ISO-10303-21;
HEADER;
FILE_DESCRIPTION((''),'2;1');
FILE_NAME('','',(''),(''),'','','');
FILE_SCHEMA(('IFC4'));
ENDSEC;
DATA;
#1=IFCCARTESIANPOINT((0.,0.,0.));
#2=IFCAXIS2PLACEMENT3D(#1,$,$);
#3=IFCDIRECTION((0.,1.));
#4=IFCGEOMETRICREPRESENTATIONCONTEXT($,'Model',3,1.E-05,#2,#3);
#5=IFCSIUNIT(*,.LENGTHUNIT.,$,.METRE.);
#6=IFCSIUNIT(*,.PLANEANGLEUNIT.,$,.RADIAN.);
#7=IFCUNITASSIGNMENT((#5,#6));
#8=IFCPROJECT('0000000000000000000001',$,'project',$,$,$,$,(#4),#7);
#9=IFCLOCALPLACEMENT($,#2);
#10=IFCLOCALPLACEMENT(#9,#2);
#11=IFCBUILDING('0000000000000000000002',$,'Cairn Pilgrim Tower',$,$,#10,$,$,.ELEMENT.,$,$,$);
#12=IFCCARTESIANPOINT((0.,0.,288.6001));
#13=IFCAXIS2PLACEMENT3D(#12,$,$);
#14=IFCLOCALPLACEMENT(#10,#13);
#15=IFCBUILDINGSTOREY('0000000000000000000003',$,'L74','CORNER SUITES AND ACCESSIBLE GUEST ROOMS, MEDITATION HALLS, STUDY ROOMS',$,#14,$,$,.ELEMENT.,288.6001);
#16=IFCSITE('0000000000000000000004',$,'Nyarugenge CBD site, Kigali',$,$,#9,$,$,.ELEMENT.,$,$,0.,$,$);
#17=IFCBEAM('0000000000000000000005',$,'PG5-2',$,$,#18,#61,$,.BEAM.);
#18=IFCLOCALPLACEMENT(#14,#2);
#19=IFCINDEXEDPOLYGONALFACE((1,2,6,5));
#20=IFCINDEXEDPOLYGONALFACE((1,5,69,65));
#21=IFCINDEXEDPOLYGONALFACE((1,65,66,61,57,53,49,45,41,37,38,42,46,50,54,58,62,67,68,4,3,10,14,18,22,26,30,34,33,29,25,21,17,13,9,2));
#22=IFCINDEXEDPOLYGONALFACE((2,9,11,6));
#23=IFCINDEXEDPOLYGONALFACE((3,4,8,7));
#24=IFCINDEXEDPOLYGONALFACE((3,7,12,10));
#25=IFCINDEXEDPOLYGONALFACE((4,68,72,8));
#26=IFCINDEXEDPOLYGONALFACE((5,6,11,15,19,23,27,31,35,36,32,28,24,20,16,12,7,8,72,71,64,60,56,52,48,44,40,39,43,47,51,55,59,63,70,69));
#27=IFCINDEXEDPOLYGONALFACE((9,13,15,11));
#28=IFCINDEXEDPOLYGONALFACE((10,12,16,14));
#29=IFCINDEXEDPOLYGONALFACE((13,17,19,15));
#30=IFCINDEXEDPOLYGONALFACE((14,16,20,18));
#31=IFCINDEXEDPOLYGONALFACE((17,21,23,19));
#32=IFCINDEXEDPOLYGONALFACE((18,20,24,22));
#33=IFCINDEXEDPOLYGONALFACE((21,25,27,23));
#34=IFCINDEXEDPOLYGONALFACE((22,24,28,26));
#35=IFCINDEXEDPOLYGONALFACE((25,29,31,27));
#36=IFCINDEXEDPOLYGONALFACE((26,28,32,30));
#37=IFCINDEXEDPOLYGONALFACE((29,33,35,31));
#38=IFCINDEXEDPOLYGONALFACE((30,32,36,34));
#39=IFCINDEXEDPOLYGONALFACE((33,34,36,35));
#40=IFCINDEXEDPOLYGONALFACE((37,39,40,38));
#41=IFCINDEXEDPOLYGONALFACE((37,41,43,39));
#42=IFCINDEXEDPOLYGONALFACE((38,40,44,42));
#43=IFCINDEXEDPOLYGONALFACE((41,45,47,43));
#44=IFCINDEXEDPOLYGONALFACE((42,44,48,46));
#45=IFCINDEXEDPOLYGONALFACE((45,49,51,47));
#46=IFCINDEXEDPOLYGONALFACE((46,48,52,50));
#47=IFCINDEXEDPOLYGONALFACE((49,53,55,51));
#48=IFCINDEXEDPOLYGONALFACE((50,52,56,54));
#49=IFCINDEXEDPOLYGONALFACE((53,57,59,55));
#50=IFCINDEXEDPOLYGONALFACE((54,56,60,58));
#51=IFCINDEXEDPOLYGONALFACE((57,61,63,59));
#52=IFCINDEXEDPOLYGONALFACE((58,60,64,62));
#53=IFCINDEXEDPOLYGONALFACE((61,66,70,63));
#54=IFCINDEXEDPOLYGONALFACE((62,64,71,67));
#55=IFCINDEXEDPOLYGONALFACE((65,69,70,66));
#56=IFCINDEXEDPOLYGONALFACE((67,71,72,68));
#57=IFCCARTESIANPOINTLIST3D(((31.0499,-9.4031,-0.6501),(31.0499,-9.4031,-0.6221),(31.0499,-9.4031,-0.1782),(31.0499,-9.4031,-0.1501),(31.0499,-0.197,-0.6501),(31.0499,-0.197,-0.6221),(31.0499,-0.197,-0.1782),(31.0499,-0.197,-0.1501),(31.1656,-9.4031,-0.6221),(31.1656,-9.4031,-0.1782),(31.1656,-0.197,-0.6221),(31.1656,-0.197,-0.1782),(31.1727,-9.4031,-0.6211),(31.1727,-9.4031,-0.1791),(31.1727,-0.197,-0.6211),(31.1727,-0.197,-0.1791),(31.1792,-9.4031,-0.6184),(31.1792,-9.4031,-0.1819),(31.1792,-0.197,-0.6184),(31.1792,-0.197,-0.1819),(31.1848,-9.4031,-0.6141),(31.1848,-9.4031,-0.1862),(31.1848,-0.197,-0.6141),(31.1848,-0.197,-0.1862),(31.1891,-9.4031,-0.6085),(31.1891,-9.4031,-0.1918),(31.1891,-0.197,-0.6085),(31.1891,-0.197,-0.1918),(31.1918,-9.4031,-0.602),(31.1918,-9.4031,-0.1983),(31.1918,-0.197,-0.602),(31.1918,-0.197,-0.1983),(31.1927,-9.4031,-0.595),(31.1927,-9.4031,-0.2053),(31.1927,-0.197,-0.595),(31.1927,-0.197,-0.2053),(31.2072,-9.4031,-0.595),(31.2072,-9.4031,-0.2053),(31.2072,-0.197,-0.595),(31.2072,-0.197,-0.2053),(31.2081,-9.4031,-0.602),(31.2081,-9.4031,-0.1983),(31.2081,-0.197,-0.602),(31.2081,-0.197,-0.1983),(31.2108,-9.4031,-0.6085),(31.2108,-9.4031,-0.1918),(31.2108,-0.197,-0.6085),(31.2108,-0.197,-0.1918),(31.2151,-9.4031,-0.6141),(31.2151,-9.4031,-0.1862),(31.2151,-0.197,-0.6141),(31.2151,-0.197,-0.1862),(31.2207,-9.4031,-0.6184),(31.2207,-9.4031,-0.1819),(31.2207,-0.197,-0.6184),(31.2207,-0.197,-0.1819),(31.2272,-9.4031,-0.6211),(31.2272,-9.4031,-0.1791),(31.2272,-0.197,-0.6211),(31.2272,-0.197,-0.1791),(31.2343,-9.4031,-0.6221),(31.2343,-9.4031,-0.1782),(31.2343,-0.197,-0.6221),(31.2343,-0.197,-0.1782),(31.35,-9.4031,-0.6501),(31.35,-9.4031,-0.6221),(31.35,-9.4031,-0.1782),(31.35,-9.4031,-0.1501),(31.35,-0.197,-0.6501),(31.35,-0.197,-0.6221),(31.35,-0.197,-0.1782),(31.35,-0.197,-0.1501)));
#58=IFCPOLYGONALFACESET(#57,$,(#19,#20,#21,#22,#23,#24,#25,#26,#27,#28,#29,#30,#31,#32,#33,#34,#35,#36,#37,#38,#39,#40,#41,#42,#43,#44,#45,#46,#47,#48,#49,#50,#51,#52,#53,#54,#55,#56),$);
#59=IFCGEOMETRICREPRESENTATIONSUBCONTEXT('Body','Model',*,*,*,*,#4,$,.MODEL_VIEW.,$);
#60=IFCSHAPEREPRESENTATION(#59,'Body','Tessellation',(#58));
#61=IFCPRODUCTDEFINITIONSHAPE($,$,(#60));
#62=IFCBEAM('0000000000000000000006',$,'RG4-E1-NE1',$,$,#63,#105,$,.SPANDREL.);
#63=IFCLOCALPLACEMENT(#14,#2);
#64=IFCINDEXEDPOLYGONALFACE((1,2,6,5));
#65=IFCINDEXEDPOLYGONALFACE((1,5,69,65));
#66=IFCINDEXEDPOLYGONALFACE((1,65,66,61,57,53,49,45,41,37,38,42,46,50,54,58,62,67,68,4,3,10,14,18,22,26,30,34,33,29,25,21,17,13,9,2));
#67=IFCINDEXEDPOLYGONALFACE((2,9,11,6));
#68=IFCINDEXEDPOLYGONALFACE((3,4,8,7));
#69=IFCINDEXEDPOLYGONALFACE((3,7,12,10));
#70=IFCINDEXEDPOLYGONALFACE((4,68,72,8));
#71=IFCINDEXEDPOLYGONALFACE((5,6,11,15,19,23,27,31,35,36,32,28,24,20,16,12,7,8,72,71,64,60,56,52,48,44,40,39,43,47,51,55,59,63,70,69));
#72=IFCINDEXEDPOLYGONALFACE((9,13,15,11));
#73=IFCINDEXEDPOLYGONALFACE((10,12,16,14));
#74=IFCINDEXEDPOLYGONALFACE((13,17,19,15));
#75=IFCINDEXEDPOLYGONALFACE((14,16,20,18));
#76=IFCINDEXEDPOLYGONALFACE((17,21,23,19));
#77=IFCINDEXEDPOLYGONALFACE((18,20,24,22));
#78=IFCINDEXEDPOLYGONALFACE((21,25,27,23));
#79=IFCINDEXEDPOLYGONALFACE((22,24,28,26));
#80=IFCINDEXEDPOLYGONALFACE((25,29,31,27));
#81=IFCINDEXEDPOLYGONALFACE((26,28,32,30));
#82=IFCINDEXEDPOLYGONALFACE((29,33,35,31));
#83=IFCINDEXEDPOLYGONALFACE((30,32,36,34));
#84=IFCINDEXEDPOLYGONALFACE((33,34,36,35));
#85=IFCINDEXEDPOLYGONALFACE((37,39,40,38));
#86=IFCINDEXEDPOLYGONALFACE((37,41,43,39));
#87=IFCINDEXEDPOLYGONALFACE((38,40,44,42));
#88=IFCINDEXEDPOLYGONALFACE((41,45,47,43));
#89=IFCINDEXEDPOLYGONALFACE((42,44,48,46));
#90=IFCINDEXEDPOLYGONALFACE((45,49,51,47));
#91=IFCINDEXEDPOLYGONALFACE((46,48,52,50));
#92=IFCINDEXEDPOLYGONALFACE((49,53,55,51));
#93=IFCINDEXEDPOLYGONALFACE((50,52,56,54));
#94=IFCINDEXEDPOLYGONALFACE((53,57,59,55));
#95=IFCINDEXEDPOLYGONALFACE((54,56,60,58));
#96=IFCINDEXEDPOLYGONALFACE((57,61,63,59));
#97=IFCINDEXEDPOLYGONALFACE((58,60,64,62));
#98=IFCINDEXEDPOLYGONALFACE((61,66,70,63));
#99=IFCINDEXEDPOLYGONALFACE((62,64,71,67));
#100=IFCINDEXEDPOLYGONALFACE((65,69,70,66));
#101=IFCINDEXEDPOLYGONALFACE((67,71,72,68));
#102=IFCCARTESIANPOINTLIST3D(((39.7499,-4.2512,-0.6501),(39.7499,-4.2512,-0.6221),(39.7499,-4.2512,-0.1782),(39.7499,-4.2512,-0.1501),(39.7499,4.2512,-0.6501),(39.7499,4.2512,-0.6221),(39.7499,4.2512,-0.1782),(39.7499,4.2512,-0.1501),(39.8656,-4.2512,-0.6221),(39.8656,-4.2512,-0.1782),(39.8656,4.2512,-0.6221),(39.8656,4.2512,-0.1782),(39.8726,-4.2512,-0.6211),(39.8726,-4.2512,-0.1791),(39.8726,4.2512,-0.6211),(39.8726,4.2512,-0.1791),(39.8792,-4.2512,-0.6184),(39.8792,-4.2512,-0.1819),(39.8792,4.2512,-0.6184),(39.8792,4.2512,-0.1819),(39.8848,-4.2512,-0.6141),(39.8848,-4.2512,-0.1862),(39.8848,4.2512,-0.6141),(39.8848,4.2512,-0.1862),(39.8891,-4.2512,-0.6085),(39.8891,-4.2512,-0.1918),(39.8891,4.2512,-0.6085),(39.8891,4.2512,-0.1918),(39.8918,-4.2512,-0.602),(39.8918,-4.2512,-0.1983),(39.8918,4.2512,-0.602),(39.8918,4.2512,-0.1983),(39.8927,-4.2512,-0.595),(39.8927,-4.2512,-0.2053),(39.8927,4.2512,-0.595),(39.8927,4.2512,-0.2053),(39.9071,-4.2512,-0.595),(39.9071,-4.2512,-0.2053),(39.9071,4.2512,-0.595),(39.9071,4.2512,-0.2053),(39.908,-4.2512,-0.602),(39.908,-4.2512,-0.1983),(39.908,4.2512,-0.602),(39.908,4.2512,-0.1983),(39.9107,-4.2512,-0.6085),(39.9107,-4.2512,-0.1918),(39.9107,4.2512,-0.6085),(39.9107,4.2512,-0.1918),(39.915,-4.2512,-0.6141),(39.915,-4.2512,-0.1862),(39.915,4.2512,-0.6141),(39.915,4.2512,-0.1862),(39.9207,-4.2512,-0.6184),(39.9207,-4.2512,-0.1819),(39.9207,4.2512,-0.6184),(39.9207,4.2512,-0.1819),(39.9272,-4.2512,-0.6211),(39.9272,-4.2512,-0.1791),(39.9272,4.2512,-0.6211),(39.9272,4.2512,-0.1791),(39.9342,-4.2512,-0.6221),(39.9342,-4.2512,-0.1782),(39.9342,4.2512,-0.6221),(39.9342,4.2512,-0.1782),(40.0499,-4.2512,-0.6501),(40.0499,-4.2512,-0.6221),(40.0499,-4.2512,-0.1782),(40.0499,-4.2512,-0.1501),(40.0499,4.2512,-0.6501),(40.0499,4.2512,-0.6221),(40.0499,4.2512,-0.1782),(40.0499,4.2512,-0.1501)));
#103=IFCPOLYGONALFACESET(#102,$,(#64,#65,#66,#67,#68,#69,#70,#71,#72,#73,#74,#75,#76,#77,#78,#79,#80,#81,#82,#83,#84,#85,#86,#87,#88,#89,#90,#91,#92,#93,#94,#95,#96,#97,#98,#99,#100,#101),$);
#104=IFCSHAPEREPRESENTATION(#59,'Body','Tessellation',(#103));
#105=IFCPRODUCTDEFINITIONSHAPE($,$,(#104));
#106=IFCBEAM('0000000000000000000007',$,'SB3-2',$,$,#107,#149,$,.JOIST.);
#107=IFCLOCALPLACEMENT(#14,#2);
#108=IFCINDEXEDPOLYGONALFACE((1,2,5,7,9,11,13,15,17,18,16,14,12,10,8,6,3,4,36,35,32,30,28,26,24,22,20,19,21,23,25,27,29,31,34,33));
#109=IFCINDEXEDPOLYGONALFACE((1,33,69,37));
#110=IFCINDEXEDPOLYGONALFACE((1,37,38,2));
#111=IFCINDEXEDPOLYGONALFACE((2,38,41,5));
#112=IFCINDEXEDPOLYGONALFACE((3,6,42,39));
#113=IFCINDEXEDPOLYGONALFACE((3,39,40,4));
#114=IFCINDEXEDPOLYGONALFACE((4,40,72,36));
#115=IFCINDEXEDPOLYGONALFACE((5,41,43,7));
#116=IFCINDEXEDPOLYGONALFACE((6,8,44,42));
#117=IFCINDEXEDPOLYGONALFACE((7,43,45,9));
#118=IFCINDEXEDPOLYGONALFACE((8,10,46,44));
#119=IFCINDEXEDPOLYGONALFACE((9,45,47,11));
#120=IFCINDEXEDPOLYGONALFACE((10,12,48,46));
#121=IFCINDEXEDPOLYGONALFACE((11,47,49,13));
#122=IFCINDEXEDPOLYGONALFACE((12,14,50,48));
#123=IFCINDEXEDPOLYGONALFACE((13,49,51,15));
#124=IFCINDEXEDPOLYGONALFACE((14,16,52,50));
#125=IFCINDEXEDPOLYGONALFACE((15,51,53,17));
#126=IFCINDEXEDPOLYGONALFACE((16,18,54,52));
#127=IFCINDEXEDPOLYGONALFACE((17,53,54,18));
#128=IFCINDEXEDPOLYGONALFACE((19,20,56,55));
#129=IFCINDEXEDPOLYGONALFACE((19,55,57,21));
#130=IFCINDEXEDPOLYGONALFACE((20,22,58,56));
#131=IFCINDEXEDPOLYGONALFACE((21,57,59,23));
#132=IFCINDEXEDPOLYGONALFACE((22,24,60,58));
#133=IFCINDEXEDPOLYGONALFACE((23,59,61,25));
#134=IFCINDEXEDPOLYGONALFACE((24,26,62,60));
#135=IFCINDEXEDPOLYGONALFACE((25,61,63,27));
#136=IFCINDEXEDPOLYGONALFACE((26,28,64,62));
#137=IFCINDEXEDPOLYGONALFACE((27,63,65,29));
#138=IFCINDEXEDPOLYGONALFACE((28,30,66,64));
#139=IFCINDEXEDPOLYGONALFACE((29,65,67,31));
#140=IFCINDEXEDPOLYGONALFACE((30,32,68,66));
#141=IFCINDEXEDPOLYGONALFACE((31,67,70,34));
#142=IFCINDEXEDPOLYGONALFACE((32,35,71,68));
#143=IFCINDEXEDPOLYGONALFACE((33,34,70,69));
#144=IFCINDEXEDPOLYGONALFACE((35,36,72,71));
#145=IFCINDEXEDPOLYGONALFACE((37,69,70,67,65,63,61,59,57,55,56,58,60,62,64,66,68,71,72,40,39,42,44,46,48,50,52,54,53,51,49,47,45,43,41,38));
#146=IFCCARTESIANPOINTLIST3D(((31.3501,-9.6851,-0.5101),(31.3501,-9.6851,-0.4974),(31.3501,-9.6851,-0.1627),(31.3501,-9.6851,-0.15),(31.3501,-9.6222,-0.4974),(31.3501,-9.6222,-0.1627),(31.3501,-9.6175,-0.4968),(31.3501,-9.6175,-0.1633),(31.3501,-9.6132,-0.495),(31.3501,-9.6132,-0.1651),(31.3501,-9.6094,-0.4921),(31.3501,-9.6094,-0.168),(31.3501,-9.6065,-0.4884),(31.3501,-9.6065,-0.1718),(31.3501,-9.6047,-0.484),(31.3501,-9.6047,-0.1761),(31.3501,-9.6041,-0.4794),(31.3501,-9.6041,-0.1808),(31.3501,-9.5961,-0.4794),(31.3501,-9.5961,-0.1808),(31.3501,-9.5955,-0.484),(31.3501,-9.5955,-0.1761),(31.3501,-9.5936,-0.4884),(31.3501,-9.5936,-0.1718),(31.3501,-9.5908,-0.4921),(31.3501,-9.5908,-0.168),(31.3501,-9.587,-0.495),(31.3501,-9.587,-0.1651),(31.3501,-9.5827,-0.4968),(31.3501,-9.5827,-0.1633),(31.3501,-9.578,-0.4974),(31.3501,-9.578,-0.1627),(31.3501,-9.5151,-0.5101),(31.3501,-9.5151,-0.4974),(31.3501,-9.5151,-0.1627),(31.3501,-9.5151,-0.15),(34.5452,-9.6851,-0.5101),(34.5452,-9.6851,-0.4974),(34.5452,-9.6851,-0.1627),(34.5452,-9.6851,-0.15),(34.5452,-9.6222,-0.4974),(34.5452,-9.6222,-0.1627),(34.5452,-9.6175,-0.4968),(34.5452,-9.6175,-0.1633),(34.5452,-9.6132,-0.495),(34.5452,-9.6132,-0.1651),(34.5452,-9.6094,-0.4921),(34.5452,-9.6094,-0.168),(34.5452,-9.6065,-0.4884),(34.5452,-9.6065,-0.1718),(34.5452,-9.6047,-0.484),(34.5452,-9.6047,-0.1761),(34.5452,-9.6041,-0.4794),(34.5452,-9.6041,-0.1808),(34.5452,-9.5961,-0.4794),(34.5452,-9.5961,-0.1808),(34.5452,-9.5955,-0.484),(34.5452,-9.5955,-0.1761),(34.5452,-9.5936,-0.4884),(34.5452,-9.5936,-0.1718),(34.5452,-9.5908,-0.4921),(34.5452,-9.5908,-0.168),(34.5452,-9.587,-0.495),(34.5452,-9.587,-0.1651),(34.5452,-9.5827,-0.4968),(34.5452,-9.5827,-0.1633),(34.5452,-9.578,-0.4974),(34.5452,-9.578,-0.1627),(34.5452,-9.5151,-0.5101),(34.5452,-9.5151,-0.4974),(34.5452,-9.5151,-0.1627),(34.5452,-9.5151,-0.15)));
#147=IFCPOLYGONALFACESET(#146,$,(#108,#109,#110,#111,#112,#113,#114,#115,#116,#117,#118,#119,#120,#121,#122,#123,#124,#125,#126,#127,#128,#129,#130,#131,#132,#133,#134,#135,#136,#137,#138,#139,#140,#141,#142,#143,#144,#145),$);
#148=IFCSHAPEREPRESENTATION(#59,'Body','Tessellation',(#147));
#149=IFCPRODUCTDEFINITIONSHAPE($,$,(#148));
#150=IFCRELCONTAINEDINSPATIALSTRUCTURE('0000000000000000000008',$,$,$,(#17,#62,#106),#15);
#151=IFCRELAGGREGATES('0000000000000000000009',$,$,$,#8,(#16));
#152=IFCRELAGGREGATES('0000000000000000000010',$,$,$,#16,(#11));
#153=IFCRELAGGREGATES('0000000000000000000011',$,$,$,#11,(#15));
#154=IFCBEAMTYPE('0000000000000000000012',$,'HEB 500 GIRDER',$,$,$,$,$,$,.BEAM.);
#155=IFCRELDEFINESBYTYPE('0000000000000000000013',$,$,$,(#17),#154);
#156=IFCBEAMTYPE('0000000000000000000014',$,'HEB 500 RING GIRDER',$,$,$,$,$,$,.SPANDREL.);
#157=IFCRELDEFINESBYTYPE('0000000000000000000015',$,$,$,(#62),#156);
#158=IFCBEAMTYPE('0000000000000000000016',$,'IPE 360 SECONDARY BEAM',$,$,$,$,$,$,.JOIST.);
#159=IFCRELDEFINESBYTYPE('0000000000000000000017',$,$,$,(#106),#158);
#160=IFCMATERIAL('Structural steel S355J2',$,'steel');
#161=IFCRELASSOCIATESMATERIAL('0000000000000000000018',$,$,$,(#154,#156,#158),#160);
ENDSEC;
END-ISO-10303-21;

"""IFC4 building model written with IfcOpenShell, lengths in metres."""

from ifc_helpers import new_model, si_unit, direction, frame, origin, origin_2d, place, context, subcontext, project, spatial, i_section, extrude, material, material_profile, profile_set, type_object, element, save


model = new_model("IFC4")

# Units and contexts
model_context = context("Model", 3, precision=1e-05, world=origin(), true_north=direction((0.0, 1.0)))
body_context = subcontext(model_context, "Body", "Model", "MODEL_VIEW")
ifc_project = project(units=[si_unit("LENGTHUNIT", "METRE"), si_unit("PLANEANGLEUNIT", "RADIAN")], contexts=[model_context])

# Site, building, storey
site_placement = place(None, origin())
site = spatial("IfcSite", under=ifc_project, at=site_placement, Name="Nyarugenge CBD site, Kigali", CompositionType="ELEMENT", RefElevation=0.0)
building_placement = place(site_placement, origin())
building = spatial("IfcBuilding", under=site, at=building_placement, Name="Cairn Pilgrim Tower", CompositionType="ELEMENT")
storey_placement = place(building_placement, frame((0.0, 0.0, 288.6001)))
storey = spatial("IfcBuildingStorey", under=building, at=storey_placement, Name="L74", Description="CORNER SUITES AND ACCESSIBLE GUEST ROOMS, MEDITATION HALLS, STUDY ROOMS", CompositionType="ELEMENT", Elevation=288.6001)

# Shared definitions
ifc_material_1 = material(Name="Structural steel S355J2", Category="steel")

# Beams
ifc_material_profile_1 = material_profile(ifc_material_1, i_section(OverallWidth=0.3, OverallDepth=0.5, WebThickness=0.0144, FlangeThickness=0.0281, FilletRadius=0.0271, at=origin_2d()), Name="HEB 500")
ifc_profile_set_1 = profile_set([ifc_material_profile_1], Name="Structural steel S355J2")
beam_type_1 = type_object("IfcBeamType", Name="HEB 500 GIRDER", PredefinedType="BEAM", material=ifc_profile_set_1)
beam_1_placement = place(storey_placement, frame((31.2, -9.4031, -0.4001), z_axis=(0.0, 1.0, 0.0), x_axis=(-1.0, 0.0, 0.0)))
element("IfcBeam", 1, at=beam_1_placement, inside=storey, type_object=beam_type_1, Name="PG5-2", PredefinedType="BEAM", context=body_context, shape_type="SweptSolid", body=[
    extrude(i_section(OverallWidth=0.3, OverallDepth=0.5, WebThickness=0.0144, FlangeThickness=0.0281, FilletRadius=0.0271, at=origin_2d()), origin(), (0.0, 0.0, 1.0), 9.2061),
])
ifc_material_profile_2 = material_profile(ifc_material_1, i_section(OverallWidth=0.3, OverallDepth=0.5, WebThickness=0.0144, FlangeThickness=0.0281, FilletRadius=0.0271, at=origin_2d()), Name="HEB 500")
ifc_profile_set_2 = profile_set([ifc_material_profile_2], Name="Structural steel S355J2")
beam_type_2 = type_object("IfcBeamType", Name="HEB 500 RING GIRDER", PredefinedType="SPANDREL", material=ifc_profile_set_2)
beam_2_placement = place(storey_placement, frame((39.8999, -4.2512, -0.4001), z_axis=(0.0, 1.0, 0.0), x_axis=(-1.0, 0.0, 0.0)))
element("IfcBeam", 2, at=beam_2_placement, inside=storey, type_object=beam_type_2, Name="RG4-E1-NE1", PredefinedType="SPANDREL", context=body_context, shape_type="SweptSolid", body=[
    extrude(i_section(OverallWidth=0.3, OverallDepth=0.5, WebThickness=0.0144, FlangeThickness=0.0281, FilletRadius=0.0271, at=origin_2d()), origin(), (0.0, 0.0, 1.0), 8.5024),
])
ifc_material_profile_3 = material_profile(ifc_material_1, i_section(OverallWidth=0.1699, OverallDepth=0.3601, WebThickness=0.0081, FlangeThickness=0.0127, FilletRadius=0.0181, at=origin_2d()), Name="IPE 360")
ifc_profile_set_3 = profile_set([ifc_material_profile_3], Name="Structural steel S355J2")
beam_type_3 = type_object("IfcBeamType", Name="IPE 360 SECONDARY BEAM", PredefinedType="JOIST", material=ifc_profile_set_3)
beam_3_placement = place(storey_placement, frame((31.3501, -9.6001, -0.3301), z_axis=(1.0, 0.0, 0.0), x_axis=(0.0, 1.0, 0.0)))
element("IfcBeam", 3, at=beam_3_placement, inside=storey, type_object=beam_type_3, Name="SB3-2", PredefinedType="JOIST", context=body_context, shape_type="SweptSolid", body=[
    extrude(i_section(OverallWidth=0.1699, OverallDepth=0.3601, WebThickness=0.0081, FlangeThickness=0.0127, FilletRadius=0.0181, at=origin_2d()), origin(), (0.0, 0.0, 1.0), 3.1951),
])

save(model, "model.ifc")
